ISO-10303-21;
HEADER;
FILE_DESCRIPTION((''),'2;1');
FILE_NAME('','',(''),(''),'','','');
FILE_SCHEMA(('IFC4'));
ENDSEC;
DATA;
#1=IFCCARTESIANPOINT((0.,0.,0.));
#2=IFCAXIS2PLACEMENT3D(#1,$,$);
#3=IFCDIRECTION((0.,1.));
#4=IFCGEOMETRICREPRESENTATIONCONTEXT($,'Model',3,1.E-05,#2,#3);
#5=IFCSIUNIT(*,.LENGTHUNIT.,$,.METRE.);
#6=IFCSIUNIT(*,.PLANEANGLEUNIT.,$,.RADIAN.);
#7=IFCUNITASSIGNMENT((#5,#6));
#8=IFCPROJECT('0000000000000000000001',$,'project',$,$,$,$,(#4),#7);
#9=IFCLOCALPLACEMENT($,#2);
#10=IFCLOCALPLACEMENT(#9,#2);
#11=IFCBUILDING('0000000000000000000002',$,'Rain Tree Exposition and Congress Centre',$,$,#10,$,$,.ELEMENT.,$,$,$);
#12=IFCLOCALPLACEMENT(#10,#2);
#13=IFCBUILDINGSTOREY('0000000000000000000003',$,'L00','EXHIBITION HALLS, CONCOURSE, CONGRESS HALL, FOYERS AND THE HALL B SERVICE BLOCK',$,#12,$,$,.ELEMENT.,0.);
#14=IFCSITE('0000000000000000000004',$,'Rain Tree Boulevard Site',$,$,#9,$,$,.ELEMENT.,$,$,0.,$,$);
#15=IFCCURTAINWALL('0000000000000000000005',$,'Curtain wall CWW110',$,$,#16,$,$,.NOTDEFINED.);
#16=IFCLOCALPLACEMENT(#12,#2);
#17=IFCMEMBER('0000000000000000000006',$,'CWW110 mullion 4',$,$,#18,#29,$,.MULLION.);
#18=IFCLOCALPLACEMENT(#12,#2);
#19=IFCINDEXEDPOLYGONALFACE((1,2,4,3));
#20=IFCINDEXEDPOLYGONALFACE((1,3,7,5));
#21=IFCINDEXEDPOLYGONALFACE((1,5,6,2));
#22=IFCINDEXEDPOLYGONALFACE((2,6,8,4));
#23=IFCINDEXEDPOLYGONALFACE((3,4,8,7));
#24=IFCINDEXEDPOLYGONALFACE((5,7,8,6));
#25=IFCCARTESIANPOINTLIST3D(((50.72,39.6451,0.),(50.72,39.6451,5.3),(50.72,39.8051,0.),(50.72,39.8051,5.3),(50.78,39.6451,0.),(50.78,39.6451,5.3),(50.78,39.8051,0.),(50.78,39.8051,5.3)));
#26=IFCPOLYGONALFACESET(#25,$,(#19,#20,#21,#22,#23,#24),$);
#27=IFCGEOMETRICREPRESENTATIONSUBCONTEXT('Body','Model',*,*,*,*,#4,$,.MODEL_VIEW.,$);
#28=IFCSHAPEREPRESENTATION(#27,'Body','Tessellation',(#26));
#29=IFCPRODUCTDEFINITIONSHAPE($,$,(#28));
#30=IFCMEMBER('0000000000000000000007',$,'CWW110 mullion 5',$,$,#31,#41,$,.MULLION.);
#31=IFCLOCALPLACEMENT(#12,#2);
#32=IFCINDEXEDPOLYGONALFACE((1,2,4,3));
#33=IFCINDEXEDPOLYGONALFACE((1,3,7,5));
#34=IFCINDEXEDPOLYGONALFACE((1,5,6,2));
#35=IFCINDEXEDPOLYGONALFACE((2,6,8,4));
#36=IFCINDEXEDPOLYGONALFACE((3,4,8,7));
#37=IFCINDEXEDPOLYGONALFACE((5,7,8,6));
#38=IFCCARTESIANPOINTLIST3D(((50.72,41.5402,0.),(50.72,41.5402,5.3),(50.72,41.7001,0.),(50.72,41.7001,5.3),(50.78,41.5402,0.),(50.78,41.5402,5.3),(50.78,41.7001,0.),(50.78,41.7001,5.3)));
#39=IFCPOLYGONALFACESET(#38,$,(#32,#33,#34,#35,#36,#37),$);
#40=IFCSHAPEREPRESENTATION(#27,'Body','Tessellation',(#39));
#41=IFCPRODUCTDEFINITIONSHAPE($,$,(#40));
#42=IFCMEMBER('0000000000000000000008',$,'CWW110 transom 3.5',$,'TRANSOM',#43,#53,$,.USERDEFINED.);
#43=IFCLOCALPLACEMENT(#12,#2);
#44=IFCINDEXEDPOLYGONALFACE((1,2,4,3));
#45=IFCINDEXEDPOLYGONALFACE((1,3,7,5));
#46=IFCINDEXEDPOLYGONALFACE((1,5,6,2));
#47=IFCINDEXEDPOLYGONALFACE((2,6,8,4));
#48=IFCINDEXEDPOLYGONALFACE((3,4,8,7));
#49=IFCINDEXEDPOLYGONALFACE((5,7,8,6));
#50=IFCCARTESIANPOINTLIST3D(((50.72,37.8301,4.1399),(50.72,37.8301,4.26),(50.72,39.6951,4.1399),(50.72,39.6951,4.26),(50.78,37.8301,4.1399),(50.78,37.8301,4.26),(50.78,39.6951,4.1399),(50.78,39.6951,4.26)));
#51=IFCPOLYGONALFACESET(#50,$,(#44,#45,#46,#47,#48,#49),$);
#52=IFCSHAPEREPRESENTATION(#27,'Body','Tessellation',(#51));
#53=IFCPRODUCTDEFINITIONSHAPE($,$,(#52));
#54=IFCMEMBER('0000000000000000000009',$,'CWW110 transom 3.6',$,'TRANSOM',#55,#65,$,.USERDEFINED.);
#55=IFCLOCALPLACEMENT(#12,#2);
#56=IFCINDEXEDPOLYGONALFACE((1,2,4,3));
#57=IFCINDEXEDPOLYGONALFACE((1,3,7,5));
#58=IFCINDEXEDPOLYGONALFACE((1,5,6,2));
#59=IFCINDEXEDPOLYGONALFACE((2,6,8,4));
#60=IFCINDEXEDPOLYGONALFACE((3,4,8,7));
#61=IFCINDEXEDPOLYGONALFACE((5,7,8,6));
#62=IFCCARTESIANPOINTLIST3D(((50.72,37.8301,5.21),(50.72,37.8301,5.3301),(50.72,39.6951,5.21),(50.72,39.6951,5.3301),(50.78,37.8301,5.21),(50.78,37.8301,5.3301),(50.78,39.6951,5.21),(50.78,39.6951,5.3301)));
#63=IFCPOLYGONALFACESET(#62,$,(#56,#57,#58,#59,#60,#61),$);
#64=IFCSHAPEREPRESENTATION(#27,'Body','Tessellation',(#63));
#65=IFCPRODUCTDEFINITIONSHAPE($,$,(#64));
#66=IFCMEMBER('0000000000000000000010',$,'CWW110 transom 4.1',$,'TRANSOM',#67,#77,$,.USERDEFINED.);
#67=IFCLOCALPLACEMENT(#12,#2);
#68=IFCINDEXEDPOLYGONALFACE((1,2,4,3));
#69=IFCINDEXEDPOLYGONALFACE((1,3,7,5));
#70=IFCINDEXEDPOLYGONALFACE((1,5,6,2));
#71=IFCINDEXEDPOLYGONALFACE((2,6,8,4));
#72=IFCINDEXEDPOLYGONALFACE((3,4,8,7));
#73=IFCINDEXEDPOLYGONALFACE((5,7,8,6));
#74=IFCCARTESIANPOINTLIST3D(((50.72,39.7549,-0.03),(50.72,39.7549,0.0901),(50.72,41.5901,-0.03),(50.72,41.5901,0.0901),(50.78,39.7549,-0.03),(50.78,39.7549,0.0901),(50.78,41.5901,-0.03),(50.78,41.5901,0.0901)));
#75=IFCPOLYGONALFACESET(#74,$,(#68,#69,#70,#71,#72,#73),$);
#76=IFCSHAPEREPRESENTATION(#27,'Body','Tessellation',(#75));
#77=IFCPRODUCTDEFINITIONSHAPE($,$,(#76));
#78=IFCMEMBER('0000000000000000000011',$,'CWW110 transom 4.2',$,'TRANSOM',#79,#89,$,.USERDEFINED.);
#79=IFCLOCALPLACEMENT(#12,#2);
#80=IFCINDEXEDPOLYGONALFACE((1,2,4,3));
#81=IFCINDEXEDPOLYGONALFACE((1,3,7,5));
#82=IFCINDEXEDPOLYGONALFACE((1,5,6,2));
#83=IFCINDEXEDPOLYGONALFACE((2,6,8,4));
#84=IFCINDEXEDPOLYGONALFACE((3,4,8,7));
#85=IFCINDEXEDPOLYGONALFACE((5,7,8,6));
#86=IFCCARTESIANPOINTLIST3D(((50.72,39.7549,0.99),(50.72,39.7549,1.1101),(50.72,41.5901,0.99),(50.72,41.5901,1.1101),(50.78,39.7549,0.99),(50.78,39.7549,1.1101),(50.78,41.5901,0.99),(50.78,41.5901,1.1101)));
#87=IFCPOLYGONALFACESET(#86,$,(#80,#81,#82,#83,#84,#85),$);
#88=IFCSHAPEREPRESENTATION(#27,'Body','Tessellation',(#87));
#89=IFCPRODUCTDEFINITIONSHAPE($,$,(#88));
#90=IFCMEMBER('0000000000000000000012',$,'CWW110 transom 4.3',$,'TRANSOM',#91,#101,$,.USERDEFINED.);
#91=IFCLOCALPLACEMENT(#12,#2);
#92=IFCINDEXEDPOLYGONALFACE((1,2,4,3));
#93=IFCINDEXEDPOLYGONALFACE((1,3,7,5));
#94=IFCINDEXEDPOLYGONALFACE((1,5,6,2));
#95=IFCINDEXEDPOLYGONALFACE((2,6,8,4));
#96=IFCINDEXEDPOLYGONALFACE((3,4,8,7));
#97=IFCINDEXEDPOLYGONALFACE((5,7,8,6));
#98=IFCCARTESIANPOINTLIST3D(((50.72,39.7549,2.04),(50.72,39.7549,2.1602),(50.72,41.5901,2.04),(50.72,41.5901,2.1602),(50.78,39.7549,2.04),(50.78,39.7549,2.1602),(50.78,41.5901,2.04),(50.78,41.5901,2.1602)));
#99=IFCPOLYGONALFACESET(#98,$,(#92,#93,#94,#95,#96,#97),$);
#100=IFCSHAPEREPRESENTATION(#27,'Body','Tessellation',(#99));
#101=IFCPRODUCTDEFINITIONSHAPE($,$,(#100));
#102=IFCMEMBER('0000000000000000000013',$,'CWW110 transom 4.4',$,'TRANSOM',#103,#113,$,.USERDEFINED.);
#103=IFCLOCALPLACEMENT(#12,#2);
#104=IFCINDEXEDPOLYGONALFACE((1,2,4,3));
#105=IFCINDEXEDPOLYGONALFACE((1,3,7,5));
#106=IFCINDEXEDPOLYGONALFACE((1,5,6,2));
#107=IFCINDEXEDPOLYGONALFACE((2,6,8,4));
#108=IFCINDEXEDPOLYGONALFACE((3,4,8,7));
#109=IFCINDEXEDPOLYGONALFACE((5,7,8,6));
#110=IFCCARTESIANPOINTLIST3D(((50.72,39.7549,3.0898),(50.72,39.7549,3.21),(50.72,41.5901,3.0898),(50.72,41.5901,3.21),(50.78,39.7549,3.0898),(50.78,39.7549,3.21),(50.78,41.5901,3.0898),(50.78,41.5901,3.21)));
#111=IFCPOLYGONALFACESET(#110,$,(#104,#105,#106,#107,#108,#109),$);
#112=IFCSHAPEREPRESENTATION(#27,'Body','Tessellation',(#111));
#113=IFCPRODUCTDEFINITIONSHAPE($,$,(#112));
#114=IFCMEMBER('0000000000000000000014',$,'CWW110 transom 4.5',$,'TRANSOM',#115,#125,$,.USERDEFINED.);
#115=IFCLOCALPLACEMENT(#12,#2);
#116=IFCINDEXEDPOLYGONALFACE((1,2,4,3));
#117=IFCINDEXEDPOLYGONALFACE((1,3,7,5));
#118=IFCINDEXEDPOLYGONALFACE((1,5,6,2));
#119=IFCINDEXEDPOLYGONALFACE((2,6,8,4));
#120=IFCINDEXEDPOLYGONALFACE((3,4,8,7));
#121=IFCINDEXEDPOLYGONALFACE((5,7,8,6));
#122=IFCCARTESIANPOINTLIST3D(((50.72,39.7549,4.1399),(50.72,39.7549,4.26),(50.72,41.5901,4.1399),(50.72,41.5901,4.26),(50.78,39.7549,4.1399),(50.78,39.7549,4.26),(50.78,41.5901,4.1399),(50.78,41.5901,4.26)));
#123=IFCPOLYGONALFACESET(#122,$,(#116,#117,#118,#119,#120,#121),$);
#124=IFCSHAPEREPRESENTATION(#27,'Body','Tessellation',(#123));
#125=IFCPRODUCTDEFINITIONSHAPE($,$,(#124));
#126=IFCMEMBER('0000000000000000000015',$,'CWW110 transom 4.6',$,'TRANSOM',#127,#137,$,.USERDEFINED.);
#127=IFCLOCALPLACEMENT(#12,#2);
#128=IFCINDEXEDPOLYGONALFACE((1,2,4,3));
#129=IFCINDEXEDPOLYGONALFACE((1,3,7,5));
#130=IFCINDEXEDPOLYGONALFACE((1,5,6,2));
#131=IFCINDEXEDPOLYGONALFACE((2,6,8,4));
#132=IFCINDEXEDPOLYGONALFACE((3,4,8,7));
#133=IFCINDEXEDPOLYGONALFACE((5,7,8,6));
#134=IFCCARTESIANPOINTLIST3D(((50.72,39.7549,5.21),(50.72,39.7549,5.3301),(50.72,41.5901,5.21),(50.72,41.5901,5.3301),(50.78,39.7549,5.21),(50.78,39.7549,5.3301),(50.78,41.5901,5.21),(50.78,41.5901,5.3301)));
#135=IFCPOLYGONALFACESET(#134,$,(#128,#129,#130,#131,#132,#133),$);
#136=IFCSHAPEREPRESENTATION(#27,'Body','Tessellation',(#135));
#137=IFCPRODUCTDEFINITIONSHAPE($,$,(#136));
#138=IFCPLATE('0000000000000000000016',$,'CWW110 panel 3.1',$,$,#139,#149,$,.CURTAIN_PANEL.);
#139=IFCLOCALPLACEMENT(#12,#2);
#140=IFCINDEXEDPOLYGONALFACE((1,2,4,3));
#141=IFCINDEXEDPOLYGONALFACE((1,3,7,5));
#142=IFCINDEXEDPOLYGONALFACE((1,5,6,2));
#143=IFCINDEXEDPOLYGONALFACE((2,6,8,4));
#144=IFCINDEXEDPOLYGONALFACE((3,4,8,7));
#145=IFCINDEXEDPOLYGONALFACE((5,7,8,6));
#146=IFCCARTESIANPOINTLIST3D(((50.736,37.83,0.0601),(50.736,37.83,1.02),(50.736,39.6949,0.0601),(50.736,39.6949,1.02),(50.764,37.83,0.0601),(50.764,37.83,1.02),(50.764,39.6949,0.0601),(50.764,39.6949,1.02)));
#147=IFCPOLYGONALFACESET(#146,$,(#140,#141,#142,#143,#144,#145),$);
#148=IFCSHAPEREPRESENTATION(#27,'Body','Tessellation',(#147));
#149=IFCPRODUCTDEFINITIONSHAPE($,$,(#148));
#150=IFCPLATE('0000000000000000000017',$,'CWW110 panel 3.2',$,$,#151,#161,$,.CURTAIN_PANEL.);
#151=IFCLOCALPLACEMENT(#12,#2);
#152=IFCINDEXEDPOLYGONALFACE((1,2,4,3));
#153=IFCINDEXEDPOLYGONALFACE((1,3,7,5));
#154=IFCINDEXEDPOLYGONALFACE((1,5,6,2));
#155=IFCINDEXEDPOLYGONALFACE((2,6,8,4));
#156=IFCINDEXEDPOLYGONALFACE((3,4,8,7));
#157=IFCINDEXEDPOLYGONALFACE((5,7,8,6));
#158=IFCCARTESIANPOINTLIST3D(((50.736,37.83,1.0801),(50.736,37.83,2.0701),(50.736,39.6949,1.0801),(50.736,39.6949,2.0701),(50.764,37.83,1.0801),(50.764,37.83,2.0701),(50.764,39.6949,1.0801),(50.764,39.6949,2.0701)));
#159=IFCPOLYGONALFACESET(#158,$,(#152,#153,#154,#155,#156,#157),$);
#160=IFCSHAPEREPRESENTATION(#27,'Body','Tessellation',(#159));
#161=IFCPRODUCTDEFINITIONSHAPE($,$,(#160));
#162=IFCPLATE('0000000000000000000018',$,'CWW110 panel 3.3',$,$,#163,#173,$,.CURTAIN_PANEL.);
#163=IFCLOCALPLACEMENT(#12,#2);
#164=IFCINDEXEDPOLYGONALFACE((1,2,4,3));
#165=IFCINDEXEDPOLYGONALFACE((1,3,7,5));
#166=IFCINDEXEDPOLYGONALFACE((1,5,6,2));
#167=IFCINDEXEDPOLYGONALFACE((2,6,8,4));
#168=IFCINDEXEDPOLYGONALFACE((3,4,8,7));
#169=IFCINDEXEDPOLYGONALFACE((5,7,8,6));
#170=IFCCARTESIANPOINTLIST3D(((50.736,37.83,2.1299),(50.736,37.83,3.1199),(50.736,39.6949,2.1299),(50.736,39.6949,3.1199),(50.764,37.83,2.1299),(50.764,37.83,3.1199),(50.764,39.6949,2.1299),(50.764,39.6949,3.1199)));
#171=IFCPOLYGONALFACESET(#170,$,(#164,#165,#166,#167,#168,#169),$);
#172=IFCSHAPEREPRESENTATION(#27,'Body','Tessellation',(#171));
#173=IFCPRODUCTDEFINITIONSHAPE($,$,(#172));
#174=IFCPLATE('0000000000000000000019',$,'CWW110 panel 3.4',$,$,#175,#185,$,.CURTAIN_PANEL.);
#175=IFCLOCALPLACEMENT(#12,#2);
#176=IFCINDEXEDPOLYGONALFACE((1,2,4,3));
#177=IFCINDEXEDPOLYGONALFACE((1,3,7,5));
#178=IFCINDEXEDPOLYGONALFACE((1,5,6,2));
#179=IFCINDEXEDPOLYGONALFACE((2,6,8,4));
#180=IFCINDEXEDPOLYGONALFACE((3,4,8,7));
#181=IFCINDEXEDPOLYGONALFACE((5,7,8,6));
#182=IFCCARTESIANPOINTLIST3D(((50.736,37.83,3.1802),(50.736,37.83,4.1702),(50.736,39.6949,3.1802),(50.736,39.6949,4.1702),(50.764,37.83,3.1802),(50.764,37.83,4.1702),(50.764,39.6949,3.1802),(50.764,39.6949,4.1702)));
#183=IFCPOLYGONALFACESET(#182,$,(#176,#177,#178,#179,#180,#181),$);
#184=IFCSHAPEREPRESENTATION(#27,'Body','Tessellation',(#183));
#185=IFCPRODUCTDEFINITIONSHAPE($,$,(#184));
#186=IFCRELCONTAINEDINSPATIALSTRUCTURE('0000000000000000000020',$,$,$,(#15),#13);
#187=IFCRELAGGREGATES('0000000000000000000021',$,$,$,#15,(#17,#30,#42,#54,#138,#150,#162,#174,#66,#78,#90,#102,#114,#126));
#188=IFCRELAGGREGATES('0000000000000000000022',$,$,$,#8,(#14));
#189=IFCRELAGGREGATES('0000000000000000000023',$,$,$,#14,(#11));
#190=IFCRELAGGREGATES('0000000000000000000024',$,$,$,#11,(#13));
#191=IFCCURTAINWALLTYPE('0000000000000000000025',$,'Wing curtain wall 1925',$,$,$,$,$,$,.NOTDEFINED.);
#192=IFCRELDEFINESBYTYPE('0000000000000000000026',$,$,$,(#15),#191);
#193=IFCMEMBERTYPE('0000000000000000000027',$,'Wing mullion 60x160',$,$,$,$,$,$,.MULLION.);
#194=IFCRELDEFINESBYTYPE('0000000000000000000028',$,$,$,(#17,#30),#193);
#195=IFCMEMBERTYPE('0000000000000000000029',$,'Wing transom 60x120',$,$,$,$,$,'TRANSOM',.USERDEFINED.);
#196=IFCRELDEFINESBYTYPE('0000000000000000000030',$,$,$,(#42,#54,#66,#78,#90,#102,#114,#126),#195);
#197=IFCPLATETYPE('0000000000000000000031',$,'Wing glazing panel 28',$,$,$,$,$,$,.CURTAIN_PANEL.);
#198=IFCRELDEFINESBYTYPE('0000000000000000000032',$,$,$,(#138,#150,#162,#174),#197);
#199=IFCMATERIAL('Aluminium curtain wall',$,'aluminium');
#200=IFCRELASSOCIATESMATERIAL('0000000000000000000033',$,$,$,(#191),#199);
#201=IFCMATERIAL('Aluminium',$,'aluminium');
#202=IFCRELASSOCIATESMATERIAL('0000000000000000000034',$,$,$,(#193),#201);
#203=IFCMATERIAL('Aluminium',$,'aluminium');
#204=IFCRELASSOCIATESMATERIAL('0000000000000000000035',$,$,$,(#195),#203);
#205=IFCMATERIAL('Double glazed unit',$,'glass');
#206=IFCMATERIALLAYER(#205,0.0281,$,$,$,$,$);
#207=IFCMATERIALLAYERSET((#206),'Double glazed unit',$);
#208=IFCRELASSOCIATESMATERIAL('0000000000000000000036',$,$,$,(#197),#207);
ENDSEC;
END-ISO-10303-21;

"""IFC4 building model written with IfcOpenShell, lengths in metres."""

from ifc_helpers import new_model, si_unit, direction, frame, origin, origin_2d, place, context, subcontext, project, spatial, rectangle, extrude, material, layer, layer_set, material_profile, profile_set, type_object, element, aggregate, save


model = new_model("IFC4")

# Units and contexts
model_context = context("Model", 3, precision=1e-05, world=origin(), true_north=direction((0.0, 1.0)))
body_context = subcontext(model_context, "Body", "Model", "MODEL_VIEW")
ifc_project = project(units=[si_unit("LENGTHUNIT", "METRE"), si_unit("PLANEANGLEUNIT", "RADIAN")], contexts=[model_context])

# Site, building, storey
site_placement = place(None, origin())
site = spatial("IfcSite", under=ifc_project, at=site_placement, Name="Rain Tree Boulevard Site", CompositionType="ELEMENT", RefElevation=0.0)
building_placement = place(site_placement, origin())
building = spatial("IfcBuilding", under=site, at=building_placement, Name="Rain Tree Exposition and Congress Centre", CompositionType="ELEMENT")
storey_placement = place(building_placement, origin())
storey = spatial("IfcBuildingStorey", under=building, at=storey_placement, Name="L00", Description="EXHIBITION HALLS, CONCOURSE, CONGRESS HALL, FOYERS AND THE HALL B SERVICE BLOCK", CompositionType="ELEMENT", Elevation=0.0)

# Curtain wall, members, plates
ifc_material_1 = material(Name="Aluminium curtain wall", Category="aluminium")
curtain_wall_type = type_object("IfcCurtainWallType", Name="Wing curtain wall 1925", PredefinedType="NOTDEFINED", material=ifc_material_1)
curtain_wall_placement = place(storey_placement, origin())
curtain_wall = element("IfcCurtainWall", 1, at=curtain_wall_placement, inside=storey, type_object=curtain_wall_type, Name="Curtain wall CWW110", PredefinedType="NOTDEFINED")
ifc_material_2 = material(Name="Aluminium", Category="aluminium")
ifc_material_profile_1 = material_profile(ifc_material_2, rectangle(XDim=0.0601, YDim=0.1599, at=origin_2d()), Name="Aluminium 60x160")
ifc_profile_set_1 = profile_set([ifc_material_profile_1], Name="Aluminium")
member_type_1 = type_object("IfcMemberType", Name="Wing mullion 60x160", PredefinedType="MULLION", material=ifc_profile_set_1)
member_1_placement = place(storey_placement, frame((50.75, 39.7251, 0.0), z_axis=(0.0, 0.0, 1.0), x_axis=(-1.0, 0.0, 0.0)))
member_1 = element("IfcMember", 2, at=member_1_placement, type_object=member_type_1, Name="CWW110 mullion 4", PredefinedType="MULLION", context=body_context, shape_type="SweptSolid", body=[
    extrude(rectangle(XDim=0.0601, YDim=0.1599, at=origin_2d()), origin(), (0.0, 0.0, 1.0), 5.3),
])
member_2_placement = place(storey_placement, frame((50.75, 41.6201, 0.0), z_axis=(0.0, 0.0, 1.0), x_axis=(-1.0, 0.0, 0.0)))
member_2 = element("IfcMember", 3, at=member_2_placement, type_object=member_type_1, Name="CWW110 mullion 5", PredefinedType="MULLION", context=body_context, shape_type="SweptSolid", body=[
    extrude(rectangle(XDim=0.0601, YDim=0.1599, at=origin_2d()), origin(), (0.0, 0.0, 1.0), 5.3),
])
ifc_material_3 = material(Name="Aluminium", Category="aluminium")
ifc_material_profile_2 = material_profile(ifc_material_3, rectangle(XDim=0.0601, YDim=0.1201, at=origin_2d()), Name="Aluminium 60x120")
ifc_profile_set_2 = profile_set([ifc_material_profile_2], Name="Aluminium")
member_type_2 = type_object("IfcMemberType", Name="Wing transom 60x120", ElementType="TRANSOM", PredefinedType="USERDEFINED", material=ifc_profile_set_2)
member_3_placement = place(storey_placement, frame((50.75, 37.8301, 4.2), z_axis=(0.0, 1.0, 0.0), x_axis=(-1.0, 0.0, 0.0)))
member_3 = element("IfcMember", 4, at=member_3_placement, type_object=member_type_2, Name="CWW110 transom 3.5", ObjectType="TRANSOM", PredefinedType="USERDEFINED", context=body_context, shape_type="SweptSolid", body=[
    extrude(rectangle(XDim=0.0601, YDim=0.1201, at=origin_2d()), origin(), (0.0, 0.0, 1.0), 1.865),
])
member_4_placement = place(storey_placement, frame((50.75, 37.8301, 5.27), z_axis=(0.0, 1.0, 0.0), x_axis=(-1.0, 0.0, 0.0)))
member_4 = element("IfcMember", 5, at=member_4_placement, type_object=member_type_2, Name="CWW110 transom 3.6", ObjectType="TRANSOM", PredefinedType="USERDEFINED", context=body_context, shape_type="SweptSolid", body=[
    extrude(rectangle(XDim=0.0601, YDim=0.1201, at=origin_2d()), origin(), (0.0, 0.0, 1.0), 1.865),
])
member_5_placement = place(storey_placement, frame((50.75, 39.7549, 0.03), z_axis=(0.0, 1.0, 0.0), x_axis=(-1.0, 0.0, 0.0)))
member_5 = element("IfcMember", 6, at=member_5_placement, type_object=member_type_2, Name="CWW110 transom 4.1", ObjectType="TRANSOM", PredefinedType="USERDEFINED", context=body_context, shape_type="SweptSolid", body=[
    extrude(rectangle(XDim=0.0601, YDim=0.1201, at=origin_2d()), origin(), (0.0, 0.0, 1.0), 1.8352),
])
member_6_placement = place(storey_placement, frame((50.75, 39.7549, 1.05), z_axis=(0.0, 1.0, 0.0), x_axis=(-1.0, 0.0, 0.0)))
member_6 = element("IfcMember", 7, at=member_6_placement, type_object=member_type_2, Name="CWW110 transom 4.2", ObjectType="TRANSOM", PredefinedType="USERDEFINED", context=body_context, shape_type="SweptSolid", body=[
    extrude(rectangle(XDim=0.0601, YDim=0.1201, at=origin_2d()), origin(), (0.0, 0.0, 1.0), 1.8352),
])
member_7_placement = place(storey_placement, frame((50.75, 39.7549, 2.1001), z_axis=(0.0, 1.0, 0.0), x_axis=(-1.0, 0.0, 0.0)))
member_7 = element("IfcMember", 8, at=member_7_placement, type_object=member_type_2, Name="CWW110 transom 4.3", ObjectType="TRANSOM", PredefinedType="USERDEFINED", context=body_context, shape_type="SweptSolid", body=[
    extrude(rectangle(XDim=0.0601, YDim=0.1201, at=origin_2d()), origin(), (0.0, 0.0, 1.0), 1.8352),
])
member_8_placement = place(storey_placement, frame((50.75, 39.7549, 3.1499), z_axis=(0.0, 1.0, 0.0), x_axis=(-1.0, 0.0, 0.0)))
member_8 = element("IfcMember", 9, at=member_8_placement, type_object=member_type_2, Name="CWW110 transom 4.4", ObjectType="TRANSOM", PredefinedType="USERDEFINED", context=body_context, shape_type="SweptSolid", body=[
    extrude(rectangle(XDim=0.0601, YDim=0.1201, at=origin_2d()), origin(), (0.0, 0.0, 1.0), 1.8352),
])
member_9_placement = place(storey_placement, frame((50.75, 39.7549, 4.2), z_axis=(0.0, 1.0, 0.0), x_axis=(-1.0, 0.0, 0.0)))
member_9 = element("IfcMember", 10, at=member_9_placement, type_object=member_type_2, Name="CWW110 transom 4.5", ObjectType="TRANSOM", PredefinedType="USERDEFINED", context=body_context, shape_type="SweptSolid", body=[
    extrude(rectangle(XDim=0.0601, YDim=0.1201, at=origin_2d()), origin(), (0.0, 0.0, 1.0), 1.8352),
])
member_10_placement = place(storey_placement, frame((50.75, 39.7549, 5.27), z_axis=(0.0, 1.0, 0.0), x_axis=(-1.0, 0.0, 0.0)))
member_10 = element("IfcMember", 11, at=member_10_placement, type_object=member_type_2, Name="CWW110 transom 4.6", ObjectType="TRANSOM", PredefinedType="USERDEFINED", context=body_context, shape_type="SweptSolid", body=[
    extrude(rectangle(XDim=0.0601, YDim=0.1201, at=origin_2d()), origin(), (0.0, 0.0, 1.0), 1.8352),
])
ifc_material_4 = material(Name="Double glazed unit", Category="glass")
ifc_layer_1 = layer(ifc_material_4, 0.0281)
ifc_layer_set_1 = layer_set([ifc_layer_1], Name="Double glazed unit")
plate_type = type_object("IfcPlateType", Name="Wing glazing panel 28", PredefinedType="CURTAIN_PANEL", material=ifc_layer_set_1)
plate_1_placement = place(storey_placement, frame((50.75, 38.7625, 0.0601), z_axis=(0.0, 0.0, 1.0), x_axis=(0.0, 1.0, 0.0)))
plate_1 = element("IfcPlate", 12, at=plate_1_placement, type_object=plate_type, Name="CWW110 panel 3.1", PredefinedType="CURTAIN_PANEL", context=body_context, shape_type="SweptSolid", body=[
    extrude(rectangle(XDim=1.865, YDim=0.0281, at=origin_2d()), origin(), (0.0, 0.0, 1.0), 0.96),
])
plate_2_placement = place(storey_placement, frame((50.75, 38.7625, 1.0801), z_axis=(0.0, 0.0, 1.0), x_axis=(0.0, 1.0, 0.0)))
plate_2 = element("IfcPlate", 13, at=plate_2_placement, type_object=plate_type, Name="CWW110 panel 3.2", PredefinedType="CURTAIN_PANEL", context=body_context, shape_type="SweptSolid", body=[
    extrude(rectangle(XDim=1.865, YDim=0.0281, at=origin_2d()), origin(), (0.0, 0.0, 1.0), 0.99),
])
plate_3_placement = place(storey_placement, frame((50.75, 38.7625, 2.1299), z_axis=(0.0, 0.0, 1.0), x_axis=(0.0, 1.0, 0.0)))
plate_3 = element("IfcPlate", 14, at=plate_3_placement, type_object=plate_type, Name="CWW110 panel 3.3", PredefinedType="CURTAIN_PANEL", context=body_context, shape_type="SweptSolid", body=[
    extrude(rectangle(XDim=1.865, YDim=0.0281, at=origin_2d()), origin(), (0.0, 0.0, 1.0), 0.99),
])
plate_4_placement = place(storey_placement, frame((50.75, 38.7625, 3.1802), z_axis=(0.0, 0.0, 1.0), x_axis=(0.0, 1.0, 0.0)))
plate_4 = element("IfcPlate", 15, at=plate_4_placement, type_object=plate_type, Name="CWW110 panel 3.4", PredefinedType="CURTAIN_PANEL", context=body_context, shape_type="SweptSolid", body=[
    extrude(rectangle(XDim=1.865, YDim=0.0281, at=origin_2d()), origin(), (0.0, 0.0, 1.0), 0.99),
])
aggregate(curtain_wall, [member_1, member_2, member_3, member_4, plate_1, plate_2, plate_3, plate_4, member_5, member_6, member_7, member_8, member_9, member_10])

save(model, "model.ifc")
